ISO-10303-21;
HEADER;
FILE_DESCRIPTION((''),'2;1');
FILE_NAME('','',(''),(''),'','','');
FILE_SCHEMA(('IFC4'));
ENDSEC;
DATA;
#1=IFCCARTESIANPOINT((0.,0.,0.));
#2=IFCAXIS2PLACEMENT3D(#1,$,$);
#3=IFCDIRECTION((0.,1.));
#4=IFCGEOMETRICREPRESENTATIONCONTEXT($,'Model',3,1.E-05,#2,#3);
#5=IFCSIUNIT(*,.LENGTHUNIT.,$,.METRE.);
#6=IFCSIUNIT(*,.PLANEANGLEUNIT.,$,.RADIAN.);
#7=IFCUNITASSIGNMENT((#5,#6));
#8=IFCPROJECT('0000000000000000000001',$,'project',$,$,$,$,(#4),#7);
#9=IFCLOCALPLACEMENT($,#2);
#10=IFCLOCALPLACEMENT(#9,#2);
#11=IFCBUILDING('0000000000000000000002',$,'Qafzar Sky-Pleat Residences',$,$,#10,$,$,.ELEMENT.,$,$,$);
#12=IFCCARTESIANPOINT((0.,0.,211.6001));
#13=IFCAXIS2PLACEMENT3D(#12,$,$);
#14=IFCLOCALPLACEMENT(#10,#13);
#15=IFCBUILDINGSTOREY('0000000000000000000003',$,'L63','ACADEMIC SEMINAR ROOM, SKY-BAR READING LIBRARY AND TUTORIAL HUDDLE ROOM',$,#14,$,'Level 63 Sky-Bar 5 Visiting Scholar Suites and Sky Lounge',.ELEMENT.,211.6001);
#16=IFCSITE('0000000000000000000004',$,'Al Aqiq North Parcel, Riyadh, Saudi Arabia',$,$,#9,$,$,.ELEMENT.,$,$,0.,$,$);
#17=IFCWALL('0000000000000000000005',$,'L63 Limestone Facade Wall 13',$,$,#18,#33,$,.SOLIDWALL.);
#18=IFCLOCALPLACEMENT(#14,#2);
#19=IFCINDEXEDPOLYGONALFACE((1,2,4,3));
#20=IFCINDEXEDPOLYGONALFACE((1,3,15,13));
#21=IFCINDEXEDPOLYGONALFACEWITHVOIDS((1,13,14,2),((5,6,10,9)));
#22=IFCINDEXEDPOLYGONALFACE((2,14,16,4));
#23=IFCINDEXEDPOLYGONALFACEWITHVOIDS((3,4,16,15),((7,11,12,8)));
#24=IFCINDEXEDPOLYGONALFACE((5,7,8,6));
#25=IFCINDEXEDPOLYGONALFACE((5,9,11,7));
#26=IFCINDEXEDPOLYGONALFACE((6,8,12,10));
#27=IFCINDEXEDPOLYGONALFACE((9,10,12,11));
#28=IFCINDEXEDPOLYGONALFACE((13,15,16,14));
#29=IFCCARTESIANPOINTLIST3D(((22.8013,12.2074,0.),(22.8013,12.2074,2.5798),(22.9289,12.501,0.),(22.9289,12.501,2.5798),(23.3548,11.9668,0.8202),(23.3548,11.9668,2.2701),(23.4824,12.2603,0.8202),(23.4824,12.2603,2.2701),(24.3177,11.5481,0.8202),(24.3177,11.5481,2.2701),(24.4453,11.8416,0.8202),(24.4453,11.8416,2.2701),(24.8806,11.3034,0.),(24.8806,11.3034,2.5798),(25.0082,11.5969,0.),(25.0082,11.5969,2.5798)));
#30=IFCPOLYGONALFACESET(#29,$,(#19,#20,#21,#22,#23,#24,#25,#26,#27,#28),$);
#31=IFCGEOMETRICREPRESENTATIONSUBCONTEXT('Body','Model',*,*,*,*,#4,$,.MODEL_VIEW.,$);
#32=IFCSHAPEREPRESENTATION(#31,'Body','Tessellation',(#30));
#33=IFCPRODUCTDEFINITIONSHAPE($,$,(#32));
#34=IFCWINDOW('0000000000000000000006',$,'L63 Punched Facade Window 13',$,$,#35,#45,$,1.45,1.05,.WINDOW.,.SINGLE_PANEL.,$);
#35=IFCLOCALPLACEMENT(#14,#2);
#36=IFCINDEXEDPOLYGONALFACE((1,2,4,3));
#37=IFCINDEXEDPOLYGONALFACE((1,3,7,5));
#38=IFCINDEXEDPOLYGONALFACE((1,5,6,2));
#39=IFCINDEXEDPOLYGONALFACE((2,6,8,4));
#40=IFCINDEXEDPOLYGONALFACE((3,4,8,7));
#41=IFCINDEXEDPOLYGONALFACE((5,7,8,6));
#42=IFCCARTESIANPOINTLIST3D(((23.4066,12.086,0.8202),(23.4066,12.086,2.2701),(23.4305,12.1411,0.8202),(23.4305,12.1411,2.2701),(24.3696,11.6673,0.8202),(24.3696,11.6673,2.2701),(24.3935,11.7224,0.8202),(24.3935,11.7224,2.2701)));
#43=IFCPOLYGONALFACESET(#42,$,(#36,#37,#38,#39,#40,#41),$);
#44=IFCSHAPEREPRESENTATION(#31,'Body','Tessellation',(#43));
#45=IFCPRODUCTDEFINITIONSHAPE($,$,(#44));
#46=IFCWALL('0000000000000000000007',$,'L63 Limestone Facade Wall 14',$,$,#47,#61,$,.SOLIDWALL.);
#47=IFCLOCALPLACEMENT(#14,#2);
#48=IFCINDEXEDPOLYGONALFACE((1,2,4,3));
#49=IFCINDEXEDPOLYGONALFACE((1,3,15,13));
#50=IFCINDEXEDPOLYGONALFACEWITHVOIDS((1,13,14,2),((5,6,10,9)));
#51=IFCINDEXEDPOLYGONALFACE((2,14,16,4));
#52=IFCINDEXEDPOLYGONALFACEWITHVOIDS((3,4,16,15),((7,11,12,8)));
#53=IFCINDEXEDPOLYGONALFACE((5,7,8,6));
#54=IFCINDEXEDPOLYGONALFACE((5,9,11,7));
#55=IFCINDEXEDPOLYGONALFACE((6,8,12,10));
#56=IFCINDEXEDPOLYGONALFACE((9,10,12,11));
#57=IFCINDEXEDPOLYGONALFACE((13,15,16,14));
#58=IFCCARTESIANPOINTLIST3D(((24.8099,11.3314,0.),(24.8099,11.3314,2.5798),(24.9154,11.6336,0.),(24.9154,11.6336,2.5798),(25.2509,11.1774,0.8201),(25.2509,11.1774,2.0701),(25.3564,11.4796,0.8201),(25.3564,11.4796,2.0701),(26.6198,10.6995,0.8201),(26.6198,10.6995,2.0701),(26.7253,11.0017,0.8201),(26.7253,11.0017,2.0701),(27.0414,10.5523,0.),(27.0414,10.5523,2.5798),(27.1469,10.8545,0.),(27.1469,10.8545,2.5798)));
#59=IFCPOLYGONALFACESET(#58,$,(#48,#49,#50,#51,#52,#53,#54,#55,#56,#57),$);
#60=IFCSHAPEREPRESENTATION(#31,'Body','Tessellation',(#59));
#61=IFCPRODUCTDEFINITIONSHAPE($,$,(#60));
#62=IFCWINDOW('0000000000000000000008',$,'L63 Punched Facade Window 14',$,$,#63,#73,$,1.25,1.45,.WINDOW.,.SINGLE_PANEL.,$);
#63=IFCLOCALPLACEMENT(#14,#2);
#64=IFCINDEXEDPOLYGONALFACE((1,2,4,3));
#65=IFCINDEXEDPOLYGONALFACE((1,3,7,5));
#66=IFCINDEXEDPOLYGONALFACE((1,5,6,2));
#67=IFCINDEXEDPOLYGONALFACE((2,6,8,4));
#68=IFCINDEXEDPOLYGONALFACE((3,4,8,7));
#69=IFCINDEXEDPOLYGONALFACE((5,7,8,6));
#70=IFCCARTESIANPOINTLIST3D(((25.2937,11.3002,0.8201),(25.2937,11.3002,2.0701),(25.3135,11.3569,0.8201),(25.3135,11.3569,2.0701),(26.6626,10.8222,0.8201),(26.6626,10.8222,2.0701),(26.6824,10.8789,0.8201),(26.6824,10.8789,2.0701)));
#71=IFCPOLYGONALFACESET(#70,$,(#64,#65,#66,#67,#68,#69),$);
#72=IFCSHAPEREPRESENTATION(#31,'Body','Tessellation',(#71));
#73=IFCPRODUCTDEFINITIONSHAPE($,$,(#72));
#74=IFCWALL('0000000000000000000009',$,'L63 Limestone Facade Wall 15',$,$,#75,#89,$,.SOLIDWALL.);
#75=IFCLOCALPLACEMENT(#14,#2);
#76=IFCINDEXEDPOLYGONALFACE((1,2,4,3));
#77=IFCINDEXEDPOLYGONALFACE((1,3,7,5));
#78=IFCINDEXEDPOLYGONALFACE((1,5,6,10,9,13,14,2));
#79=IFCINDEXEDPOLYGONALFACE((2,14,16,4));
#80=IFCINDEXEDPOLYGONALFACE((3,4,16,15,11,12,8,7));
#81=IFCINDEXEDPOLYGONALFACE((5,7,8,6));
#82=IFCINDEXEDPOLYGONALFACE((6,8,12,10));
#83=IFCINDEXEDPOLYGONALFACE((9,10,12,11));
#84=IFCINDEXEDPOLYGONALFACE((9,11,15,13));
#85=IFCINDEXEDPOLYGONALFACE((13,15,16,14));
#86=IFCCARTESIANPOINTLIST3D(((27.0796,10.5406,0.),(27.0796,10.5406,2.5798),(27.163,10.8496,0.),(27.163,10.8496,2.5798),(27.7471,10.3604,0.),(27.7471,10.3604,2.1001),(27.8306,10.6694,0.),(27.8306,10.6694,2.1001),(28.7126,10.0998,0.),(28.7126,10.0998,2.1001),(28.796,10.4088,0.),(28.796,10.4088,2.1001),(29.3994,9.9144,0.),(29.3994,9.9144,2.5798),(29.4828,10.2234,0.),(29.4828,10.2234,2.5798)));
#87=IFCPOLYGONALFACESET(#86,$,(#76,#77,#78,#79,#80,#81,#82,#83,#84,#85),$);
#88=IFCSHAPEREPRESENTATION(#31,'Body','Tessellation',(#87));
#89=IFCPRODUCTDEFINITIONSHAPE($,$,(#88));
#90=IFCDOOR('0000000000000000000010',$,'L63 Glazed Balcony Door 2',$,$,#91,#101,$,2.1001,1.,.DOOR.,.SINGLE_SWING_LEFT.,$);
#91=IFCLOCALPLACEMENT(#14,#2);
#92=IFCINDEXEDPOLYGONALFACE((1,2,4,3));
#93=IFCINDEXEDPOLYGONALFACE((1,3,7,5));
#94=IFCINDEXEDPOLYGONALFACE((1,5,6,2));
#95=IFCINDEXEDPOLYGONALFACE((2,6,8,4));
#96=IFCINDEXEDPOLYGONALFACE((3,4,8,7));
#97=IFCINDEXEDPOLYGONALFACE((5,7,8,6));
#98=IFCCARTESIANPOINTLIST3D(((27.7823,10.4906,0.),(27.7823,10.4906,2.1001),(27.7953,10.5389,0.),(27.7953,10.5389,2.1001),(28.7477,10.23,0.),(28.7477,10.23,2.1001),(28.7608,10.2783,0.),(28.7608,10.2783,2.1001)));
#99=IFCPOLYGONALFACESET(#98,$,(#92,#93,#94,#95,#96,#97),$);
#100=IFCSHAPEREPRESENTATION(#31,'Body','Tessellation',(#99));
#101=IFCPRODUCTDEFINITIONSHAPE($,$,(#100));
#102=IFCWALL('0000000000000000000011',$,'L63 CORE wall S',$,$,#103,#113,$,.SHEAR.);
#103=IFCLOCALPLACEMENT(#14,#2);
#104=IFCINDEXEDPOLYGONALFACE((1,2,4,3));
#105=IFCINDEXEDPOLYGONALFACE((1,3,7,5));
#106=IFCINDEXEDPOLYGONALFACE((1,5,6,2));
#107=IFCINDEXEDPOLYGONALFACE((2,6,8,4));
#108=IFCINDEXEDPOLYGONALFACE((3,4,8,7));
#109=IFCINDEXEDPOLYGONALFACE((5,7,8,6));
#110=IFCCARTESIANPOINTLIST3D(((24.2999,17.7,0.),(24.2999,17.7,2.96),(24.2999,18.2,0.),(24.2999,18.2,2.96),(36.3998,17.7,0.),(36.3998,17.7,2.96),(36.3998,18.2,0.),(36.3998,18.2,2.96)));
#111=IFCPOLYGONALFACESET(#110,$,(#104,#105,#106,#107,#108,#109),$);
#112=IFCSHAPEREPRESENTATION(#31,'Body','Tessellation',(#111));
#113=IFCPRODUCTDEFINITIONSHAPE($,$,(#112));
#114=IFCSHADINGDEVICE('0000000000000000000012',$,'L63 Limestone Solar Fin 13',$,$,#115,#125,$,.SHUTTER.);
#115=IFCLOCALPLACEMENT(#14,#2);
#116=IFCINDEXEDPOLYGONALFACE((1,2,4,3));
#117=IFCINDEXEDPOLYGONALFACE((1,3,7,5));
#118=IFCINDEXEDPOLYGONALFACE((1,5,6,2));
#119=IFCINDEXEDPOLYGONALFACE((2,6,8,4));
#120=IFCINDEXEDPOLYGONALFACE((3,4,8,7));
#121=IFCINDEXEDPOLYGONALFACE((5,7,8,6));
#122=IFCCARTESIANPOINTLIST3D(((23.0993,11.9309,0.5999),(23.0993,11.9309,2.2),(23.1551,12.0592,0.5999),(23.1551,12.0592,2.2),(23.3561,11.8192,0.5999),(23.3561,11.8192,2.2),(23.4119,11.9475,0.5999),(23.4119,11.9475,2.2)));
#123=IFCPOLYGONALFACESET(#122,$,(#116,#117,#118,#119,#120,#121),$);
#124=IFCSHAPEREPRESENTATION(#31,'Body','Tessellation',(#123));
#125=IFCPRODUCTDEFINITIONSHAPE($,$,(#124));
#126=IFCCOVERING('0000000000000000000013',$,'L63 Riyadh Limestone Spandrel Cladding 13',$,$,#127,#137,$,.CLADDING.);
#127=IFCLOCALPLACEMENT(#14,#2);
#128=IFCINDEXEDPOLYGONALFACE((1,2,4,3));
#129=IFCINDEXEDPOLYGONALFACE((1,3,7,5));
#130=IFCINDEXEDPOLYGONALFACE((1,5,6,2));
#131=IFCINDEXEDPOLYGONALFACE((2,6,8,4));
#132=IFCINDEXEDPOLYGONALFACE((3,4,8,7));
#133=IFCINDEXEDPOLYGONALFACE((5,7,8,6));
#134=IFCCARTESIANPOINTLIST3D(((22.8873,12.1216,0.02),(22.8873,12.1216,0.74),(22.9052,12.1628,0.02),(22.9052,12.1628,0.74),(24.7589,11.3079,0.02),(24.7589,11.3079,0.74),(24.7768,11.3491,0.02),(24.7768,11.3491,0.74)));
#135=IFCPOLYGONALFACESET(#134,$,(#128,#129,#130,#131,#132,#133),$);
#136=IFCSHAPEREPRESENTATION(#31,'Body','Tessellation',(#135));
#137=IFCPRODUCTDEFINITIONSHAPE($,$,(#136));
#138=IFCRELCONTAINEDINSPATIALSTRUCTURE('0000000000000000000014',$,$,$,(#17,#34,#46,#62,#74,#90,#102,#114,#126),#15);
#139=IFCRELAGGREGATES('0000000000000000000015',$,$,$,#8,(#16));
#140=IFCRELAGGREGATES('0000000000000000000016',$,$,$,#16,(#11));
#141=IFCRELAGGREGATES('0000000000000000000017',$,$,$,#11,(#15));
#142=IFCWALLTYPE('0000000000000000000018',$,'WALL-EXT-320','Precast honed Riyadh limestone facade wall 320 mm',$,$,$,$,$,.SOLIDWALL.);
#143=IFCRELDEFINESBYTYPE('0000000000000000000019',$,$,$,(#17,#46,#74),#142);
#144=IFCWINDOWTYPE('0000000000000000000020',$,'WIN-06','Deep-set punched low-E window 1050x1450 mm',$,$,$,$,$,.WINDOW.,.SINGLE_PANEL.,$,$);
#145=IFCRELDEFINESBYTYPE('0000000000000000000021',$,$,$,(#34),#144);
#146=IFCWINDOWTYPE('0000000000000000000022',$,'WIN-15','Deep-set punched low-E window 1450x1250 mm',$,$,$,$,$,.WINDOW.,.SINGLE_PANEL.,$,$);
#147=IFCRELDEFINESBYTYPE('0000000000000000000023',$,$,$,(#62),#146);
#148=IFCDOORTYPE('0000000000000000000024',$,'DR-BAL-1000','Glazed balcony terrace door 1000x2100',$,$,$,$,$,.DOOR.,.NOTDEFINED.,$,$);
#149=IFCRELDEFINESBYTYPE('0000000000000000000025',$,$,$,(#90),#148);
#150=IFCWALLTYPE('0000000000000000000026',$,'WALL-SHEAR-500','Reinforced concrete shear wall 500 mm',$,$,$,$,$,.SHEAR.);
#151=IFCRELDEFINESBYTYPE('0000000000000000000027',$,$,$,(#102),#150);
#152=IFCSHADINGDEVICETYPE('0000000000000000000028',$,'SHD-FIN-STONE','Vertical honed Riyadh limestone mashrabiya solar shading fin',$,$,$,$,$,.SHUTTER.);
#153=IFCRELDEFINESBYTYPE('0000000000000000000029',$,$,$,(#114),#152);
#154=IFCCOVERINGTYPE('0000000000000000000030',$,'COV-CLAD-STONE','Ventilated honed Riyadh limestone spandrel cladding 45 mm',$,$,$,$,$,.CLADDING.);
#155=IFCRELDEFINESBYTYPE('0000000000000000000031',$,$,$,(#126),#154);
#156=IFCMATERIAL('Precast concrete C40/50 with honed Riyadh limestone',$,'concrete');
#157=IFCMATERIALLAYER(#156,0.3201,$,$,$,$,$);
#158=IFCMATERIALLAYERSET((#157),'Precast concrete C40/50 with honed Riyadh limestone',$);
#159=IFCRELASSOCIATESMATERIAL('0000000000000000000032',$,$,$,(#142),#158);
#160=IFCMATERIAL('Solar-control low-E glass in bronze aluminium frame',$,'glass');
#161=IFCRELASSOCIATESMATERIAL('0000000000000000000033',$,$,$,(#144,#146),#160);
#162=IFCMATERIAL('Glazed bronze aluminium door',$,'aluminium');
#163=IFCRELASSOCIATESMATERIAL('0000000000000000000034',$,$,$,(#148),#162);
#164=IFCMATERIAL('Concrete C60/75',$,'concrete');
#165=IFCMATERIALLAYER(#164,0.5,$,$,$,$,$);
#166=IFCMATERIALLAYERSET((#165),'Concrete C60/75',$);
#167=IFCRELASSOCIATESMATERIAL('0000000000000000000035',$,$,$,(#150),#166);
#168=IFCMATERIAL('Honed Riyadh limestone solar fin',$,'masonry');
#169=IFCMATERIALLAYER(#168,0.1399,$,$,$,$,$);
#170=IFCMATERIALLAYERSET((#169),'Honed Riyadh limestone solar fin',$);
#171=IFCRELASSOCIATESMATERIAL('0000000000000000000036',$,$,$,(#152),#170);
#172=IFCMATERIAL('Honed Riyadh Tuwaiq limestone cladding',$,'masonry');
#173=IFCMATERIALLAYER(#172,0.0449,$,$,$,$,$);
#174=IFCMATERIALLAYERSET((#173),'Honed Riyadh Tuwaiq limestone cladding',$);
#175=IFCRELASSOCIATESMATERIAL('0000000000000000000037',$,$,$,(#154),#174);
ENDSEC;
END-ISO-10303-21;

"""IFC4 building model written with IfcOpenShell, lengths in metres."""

from ifc_helpers import new_model, si_unit, direction, frame, frame_2d, origin, origin_2d, place, context, subcontext, project, spatial, rectangle, extrude, source, transform, mapped, material, layer, layer_set, type_object, element, fill, save


model = new_model("IFC4")

# Units and contexts
model_context = context("Model", 3, precision=1e-05, world=origin(), true_north=direction((0.0, 1.0)))
body_context = subcontext(model_context, "Body", "Model", "MODEL_VIEW")
ifc_project = project(units=[si_unit("LENGTHUNIT", "METRE"), si_unit("PLANEANGLEUNIT", "RADIAN")], contexts=[model_context])

# Site, building, storey
site_placement = place(None, origin())
site = spatial("IfcSite", under=ifc_project, at=site_placement, Name="Al Aqiq North Parcel, Riyadh, Saudi Arabia", CompositionType="ELEMENT", RefElevation=0.0)
building_placement = place(site_placement, origin())
building = spatial("IfcBuilding", under=site, at=building_placement, Name="Qafzar Sky-Pleat Residences", CompositionType="ELEMENT")
storey_placement = place(building_placement, frame((0.0, 0.0, 211.6001)))
storey = spatial("IfcBuildingStorey", under=building, at=storey_placement, Name="L63", Description="ACADEMIC SEMINAR ROOM, SKY-BAR READING LIBRARY AND TUTORIAL HUDDLE ROOM", LongName="Level 63 Sky-Bar 5 Visiting Scholar Suites and Sky Lounge", CompositionType="ELEMENT", Elevation=211.6001)

# Walls, openings, windows
ifc_material_1 = material(Name="Precast concrete C40/50 with honed Riyadh limestone", Category="concrete")
ifc_layer_1 = layer(ifc_material_1, 0.3201)
ifc_layer_set_1 = layer_set([ifc_layer_1], Name="Precast concrete C40/50 with honed Riyadh limestone")
wall_type_1 = type_object("IfcWallType", Name="WALL-EXT-320", Description="Precast honed Riyadh limestone facade wall 320 mm", PredefinedType="SOLIDWALL", material=ifc_layer_set_1)
ifc_material_2 = material(Name="Solar-control low-E glass in bronze aluminium frame", Category="glass")
wall_1_placement = place(storey_placement, frame((22.865, 12.3542, 0.0), z_axis=(0.0, 0.0, 1.0), x_axis=(0.917072, -0.398722, 0.0)))
wall_1 = element("IfcWall", 1, at=wall_1_placement, inside=storey, type_object=wall_type_1, Name="L63 Limestone Facade Wall 13", PredefinedType="SOLIDWALL", context=body_context, shape_type="SweptSolid", body=[
    extrude(rectangle(XDim=2.2673, YDim=0.3201, at=frame_2d((1.1338, 0.0))), origin(), (0.0, 0.0, 1.0), 2.5798),
])
opening_1_placement = place(wall_1_placement, frame((0.6038, 0.0, 0.8201)))
opening_1 = element("IfcOpeningElement", 2, at=opening_1_placement, cuts=wall_1, PredefinedType="OPENING", context=body_context, shape_type="SweptSolid", body=[
    extrude(rectangle(XDim=1.05, YDim=1.45, at=frame_2d((0.5249, 0.7251))), frame((0.0, 0.1699, 0.0), z_axis=(0.0, -1.0, 0.0), x_axis=(1.0, 0.0, 0.0)), (0.0, 0.0, 1.0), 0.3401),
])
window_type_1 = type_object("IfcWindowType", Name="WIN-06", Description="Deep-set punched low-E window 1050x1450 mm", PartitioningType="SINGLE_PANEL", PredefinedType="WINDOW", material=ifc_material_2)
shared_shape_1 = source(origin(), body_context, "Body", "SweptSolid", [
    extrude(rectangle(XDim=1.05, YDim=1.45, at=frame_2d((0.5249, 0.7251))), frame((0.0, 0.03, 0.0), z_axis=(0.0, -1.0, 0.0), x_axis=(1.0, 0.0, 0.0)), (0.0, 0.0, 1.0), 0.0601),
])
window_1_placement = place(opening_1_placement, origin())
window_1 = element("IfcWindow", 3, at=window_1_placement, inside=storey, type_object=window_type_1, Name="L63 Punched Facade Window 13", OverallHeight=1.45, OverallWidth=1.05, PartitioningType="SINGLE_PANEL", PredefinedType="WINDOW", context=body_context, shape_type="MappedRepresentation", body=[
    mapped(shared_shape_1, transform((0.0, 0.0, 0.0), x_axis=(1.0, 0.0, 0.0), y_axis=(0.0, 1.0, 0.0), z_axis=(0.0, 0.0, 1.0), scale=1.0)),
])
fill(opening_1, window_1)
wall_2_placement = place(storey_placement, frame((24.8628, 11.4824, 0.0), z_axis=(0.0, 0.0, 1.0), x_axis=(0.944116, -0.329614, 0.0)))
wall_2 = element("IfcWall", 4, at=wall_2_placement, inside=storey, type_object=wall_type_1, Name="L63 Limestone Facade Wall 14", PredefinedType="SOLIDWALL", context=body_context, shape_type="SweptSolid", body=[
    extrude(rectangle(XDim=2.3635, YDim=0.3201, at=frame_2d((1.1816, 0.0))), origin(), (0.0, 0.0, 1.0), 2.5798),
])
opening_2_placement = place(wall_2_placement, frame((0.4668, 0.0, 0.8201)))
opening_2 = element("IfcOpeningElement", 5, at=opening_2_placement, cuts=wall_2, PredefinedType="OPENING", context=body_context, shape_type="SweptSolid", body=[
    extrude(rectangle(XDim=1.45, YDim=1.25, at=frame_2d((0.7251, 0.625))), frame((0.0, 0.1699, 0.0), z_axis=(0.0, -1.0, 0.0), x_axis=(1.0, 0.0, 0.0)), (0.0, 0.0, 1.0), 0.3401),
])
window_type_2 = type_object("IfcWindowType", Name="WIN-15", Description="Deep-set punched low-E window 1450x1250 mm", PartitioningType="SINGLE_PANEL", PredefinedType="WINDOW", material=ifc_material_2)
shared_shape_2 = source(origin(), body_context, "Body", "SweptSolid", [
    extrude(rectangle(XDim=1.45, YDim=1.25, at=frame_2d((0.7251, 0.625))), frame((0.0, 0.03, 0.0), z_axis=(0.0, -1.0, 0.0), x_axis=(1.0, 0.0, 0.0)), (0.0, 0.0, 1.0), 0.0601),
])
window_2_placement = place(opening_2_placement, origin())
window_2 = element("IfcWindow", 6, at=window_2_placement, inside=storey, type_object=window_type_2, Name="L63 Punched Facade Window 14", OverallHeight=1.25, OverallWidth=1.45, PartitioningType="SINGLE_PANEL", PredefinedType="WINDOW", context=body_context, shape_type="MappedRepresentation", body=[
    mapped(shared_shape_2, transform((0.0, 0.0, 0.0), x_axis=(1.0, 0.0, 0.0), y_axis=(0.0, 1.0, 0.0), z_axis=(0.0, 0.0, 1.0), scale=1.0)),
])
fill(opening_2, window_2)

# Wall, opening, door
wall_3_placement = place(storey_placement, frame((27.1213, 10.6951, 0.0), z_axis=(0.0, 0.0, 1.0), x_axis=(0.965443, -0.260615, 0.0)))
wall_3 = element("IfcWall", 7, at=wall_3_placement, inside=storey, type_object=wall_type_1, Name="L63 Limestone Facade Wall 15", PredefinedType="SOLIDWALL", context=body_context, shape_type="SweptSolid", body=[
    extrude(rectangle(XDim=2.4028, YDim=0.3201, at=frame_2d((1.2014, 0.0))), origin(), (0.0, 0.0, 1.0), 2.5798),
])
opening_3_placement = place(wall_3_placement, frame((0.6914, 0.0, 0.0)))
opening_3 = element("IfcOpeningElement", 8, at=opening_3_placement, cuts=wall_3, PredefinedType="OPENING", context=body_context, shape_type="SweptSolid", body=[
    extrude(rectangle(XDim=1.0, YDim=2.1001, at=frame_2d((0.5, 1.05))), frame((0.0, 0.1699, 0.0), z_axis=(0.0, -1.0, 0.0), x_axis=(1.0, 0.0, 0.0)), (0.0, 0.0, 1.0), 0.3401),
])
ifc_material_3 = material(Name="Glazed bronze aluminium door", Category="aluminium")
door_type_1 = type_object("IfcDoorType", Name="DR-BAL-1000", Description="Glazed balcony terrace door 1000x2100", OperationType="NOTDEFINED", PredefinedType="DOOR", material=ifc_material_3)
shared_shape_3 = source(origin(), body_context, "Body", "SweptSolid", [
    extrude(rectangle(XDim=1.0, YDim=2.1001, at=frame_2d((0.5, 1.05))), frame((0.0, 0.0249, 0.0), z_axis=(0.0, -1.0, 0.0), x_axis=(1.0, 0.0, 0.0)), (0.0, 0.0, 1.0), 0.05),
])
door_1_placement = place(opening_3_placement, origin())
door_1 = element("IfcDoor", 9, at=door_1_placement, inside=storey, type_object=door_type_1, Name="L63 Glazed Balcony Door 2", OperationType="SINGLE_SWING_LEFT", OverallHeight=2.1001, OverallWidth=1.0, PredefinedType="DOOR", context=body_context, shape_type="MappedRepresentation", body=[
    mapped(shared_shape_3, transform((0.0, 0.0, 0.0), x_axis=(1.0, 0.0, 0.0), y_axis=(0.0, 1.0, 0.0), z_axis=(0.0, 0.0, 1.0), scale=1.0)),
])
fill(opening_3, door_1)

# Wall
ifc_material_4 = material(Name="Concrete C60/75", Category="concrete")
ifc_layer_2 = layer(ifc_material_4, 0.5)
ifc_layer_set_2 = layer_set([ifc_layer_2], Name="Concrete C60/75")
wall_type_2 = type_object("IfcWallType", Name="WALL-SHEAR-500", Description="Reinforced concrete shear wall 500 mm", PredefinedType="SHEAR", material=ifc_layer_set_2)
wall_4_placement = place(storey_placement, frame((24.3, 17.95, 0.0), z_axis=(0.0, 0.0, 1.0), x_axis=(1.0, 0.0, 0.0)))
element("IfcWall", 10, at=wall_4_placement, inside=storey, type_object=wall_type_2, Name="L63 CORE wall S", PredefinedType="SHEAR", context=body_context, shape_type="SweptSolid", body=[
    extrude(rectangle(XDim=12.0999, YDim=0.5, at=frame_2d((6.0498, 0.0))), origin(), (0.0, 0.0, 1.0), 2.96),
])

# Shading device
ifc_material_5 = material(Name="Honed Riyadh limestone solar fin", Category="masonry")
ifc_layer_3 = layer(ifc_material_5, 0.1399)
ifc_layer_set_3 = layer_set([ifc_layer_3], Name="Honed Riyadh limestone solar fin")
shading_device_type = type_object("IfcShadingDeviceType", Name="SHD-FIN-STONE", Description="Vertical honed Riyadh limestone mashrabiya solar shading fin", PredefinedType="SHUTTER", material=ifc_layer_set_3)
shared_shape_4 = source(origin(), body_context, "Body", "SweptSolid", [
    extrude(rectangle(XDim=0.1399, YDim=0.28, at=origin_2d()), origin(), (0.0, 0.0, 1.0), 1.6001),
])
shading_device_placement = place(storey_placement, frame((23.2556, 11.9392, 0.5999), z_axis=(0.0, 0.0, 1.0), x_axis=(-0.39868, -0.91709, 0.0)))
element("IfcShadingDevice", 11, at=shading_device_placement, inside=storey, type_object=shading_device_type, Name="L63 Limestone Solar Fin 13", PredefinedType="SHUTTER", context=body_context, shape_type="MappedRepresentation", body=[
    mapped(shared_shape_4, transform((0.0, 0.0, 0.0), x_axis=(1.0, 0.0, 0.0), y_axis=(0.0, 1.0, 0.0), z_axis=(0.0, 0.0, 1.0), scale=1.0)),
])

# Covering
ifc_material_6 = material(Name="Honed Riyadh Tuwaiq limestone cladding", Category="masonry")
ifc_layer_4 = layer(ifc_material_6, 0.0449)
ifc_layer_set_4 = layer_set([ifc_layer_4], Name="Honed Riyadh Tuwaiq limestone cladding")
covering_type = type_object("IfcCoveringType", Name="COV-CLAD-STONE", Description="Ventilated honed Riyadh limestone spandrel cladding 45 mm", PredefinedType="CLADDING", material=ifc_layer_set_4)
shared_shape_5 = source(origin(), body_context, "Body", "SweptSolid", [
    extrude(rectangle(XDim=2.0408, YDim=0.0449, at=origin_2d()), origin(), (0.0, 0.0, 1.0), 0.72),
])
covering_placement = place(storey_placement, frame((23.832, 11.7354, 0.02), z_axis=(0.0, 0.0, 1.0), x_axis=(0.917084, -0.398694, 0.0)))
element("IfcCovering", 12, at=covering_placement, inside=storey, type_object=covering_type, Name="L63 Riyadh Limestone Spandrel Cladding 13", PredefinedType="CLADDING", context=body_context, shape_type="MappedRepresentation", body=[
    mapped(shared_shape_5, transform((0.0, 0.0, 0.0), x_axis=(1.0, 0.0, 0.0), y_axis=(0.0, 1.0, 0.0), z_axis=(0.0, 0.0, 1.0), scale=1.0)),
])

save(model, "model.ifc")
